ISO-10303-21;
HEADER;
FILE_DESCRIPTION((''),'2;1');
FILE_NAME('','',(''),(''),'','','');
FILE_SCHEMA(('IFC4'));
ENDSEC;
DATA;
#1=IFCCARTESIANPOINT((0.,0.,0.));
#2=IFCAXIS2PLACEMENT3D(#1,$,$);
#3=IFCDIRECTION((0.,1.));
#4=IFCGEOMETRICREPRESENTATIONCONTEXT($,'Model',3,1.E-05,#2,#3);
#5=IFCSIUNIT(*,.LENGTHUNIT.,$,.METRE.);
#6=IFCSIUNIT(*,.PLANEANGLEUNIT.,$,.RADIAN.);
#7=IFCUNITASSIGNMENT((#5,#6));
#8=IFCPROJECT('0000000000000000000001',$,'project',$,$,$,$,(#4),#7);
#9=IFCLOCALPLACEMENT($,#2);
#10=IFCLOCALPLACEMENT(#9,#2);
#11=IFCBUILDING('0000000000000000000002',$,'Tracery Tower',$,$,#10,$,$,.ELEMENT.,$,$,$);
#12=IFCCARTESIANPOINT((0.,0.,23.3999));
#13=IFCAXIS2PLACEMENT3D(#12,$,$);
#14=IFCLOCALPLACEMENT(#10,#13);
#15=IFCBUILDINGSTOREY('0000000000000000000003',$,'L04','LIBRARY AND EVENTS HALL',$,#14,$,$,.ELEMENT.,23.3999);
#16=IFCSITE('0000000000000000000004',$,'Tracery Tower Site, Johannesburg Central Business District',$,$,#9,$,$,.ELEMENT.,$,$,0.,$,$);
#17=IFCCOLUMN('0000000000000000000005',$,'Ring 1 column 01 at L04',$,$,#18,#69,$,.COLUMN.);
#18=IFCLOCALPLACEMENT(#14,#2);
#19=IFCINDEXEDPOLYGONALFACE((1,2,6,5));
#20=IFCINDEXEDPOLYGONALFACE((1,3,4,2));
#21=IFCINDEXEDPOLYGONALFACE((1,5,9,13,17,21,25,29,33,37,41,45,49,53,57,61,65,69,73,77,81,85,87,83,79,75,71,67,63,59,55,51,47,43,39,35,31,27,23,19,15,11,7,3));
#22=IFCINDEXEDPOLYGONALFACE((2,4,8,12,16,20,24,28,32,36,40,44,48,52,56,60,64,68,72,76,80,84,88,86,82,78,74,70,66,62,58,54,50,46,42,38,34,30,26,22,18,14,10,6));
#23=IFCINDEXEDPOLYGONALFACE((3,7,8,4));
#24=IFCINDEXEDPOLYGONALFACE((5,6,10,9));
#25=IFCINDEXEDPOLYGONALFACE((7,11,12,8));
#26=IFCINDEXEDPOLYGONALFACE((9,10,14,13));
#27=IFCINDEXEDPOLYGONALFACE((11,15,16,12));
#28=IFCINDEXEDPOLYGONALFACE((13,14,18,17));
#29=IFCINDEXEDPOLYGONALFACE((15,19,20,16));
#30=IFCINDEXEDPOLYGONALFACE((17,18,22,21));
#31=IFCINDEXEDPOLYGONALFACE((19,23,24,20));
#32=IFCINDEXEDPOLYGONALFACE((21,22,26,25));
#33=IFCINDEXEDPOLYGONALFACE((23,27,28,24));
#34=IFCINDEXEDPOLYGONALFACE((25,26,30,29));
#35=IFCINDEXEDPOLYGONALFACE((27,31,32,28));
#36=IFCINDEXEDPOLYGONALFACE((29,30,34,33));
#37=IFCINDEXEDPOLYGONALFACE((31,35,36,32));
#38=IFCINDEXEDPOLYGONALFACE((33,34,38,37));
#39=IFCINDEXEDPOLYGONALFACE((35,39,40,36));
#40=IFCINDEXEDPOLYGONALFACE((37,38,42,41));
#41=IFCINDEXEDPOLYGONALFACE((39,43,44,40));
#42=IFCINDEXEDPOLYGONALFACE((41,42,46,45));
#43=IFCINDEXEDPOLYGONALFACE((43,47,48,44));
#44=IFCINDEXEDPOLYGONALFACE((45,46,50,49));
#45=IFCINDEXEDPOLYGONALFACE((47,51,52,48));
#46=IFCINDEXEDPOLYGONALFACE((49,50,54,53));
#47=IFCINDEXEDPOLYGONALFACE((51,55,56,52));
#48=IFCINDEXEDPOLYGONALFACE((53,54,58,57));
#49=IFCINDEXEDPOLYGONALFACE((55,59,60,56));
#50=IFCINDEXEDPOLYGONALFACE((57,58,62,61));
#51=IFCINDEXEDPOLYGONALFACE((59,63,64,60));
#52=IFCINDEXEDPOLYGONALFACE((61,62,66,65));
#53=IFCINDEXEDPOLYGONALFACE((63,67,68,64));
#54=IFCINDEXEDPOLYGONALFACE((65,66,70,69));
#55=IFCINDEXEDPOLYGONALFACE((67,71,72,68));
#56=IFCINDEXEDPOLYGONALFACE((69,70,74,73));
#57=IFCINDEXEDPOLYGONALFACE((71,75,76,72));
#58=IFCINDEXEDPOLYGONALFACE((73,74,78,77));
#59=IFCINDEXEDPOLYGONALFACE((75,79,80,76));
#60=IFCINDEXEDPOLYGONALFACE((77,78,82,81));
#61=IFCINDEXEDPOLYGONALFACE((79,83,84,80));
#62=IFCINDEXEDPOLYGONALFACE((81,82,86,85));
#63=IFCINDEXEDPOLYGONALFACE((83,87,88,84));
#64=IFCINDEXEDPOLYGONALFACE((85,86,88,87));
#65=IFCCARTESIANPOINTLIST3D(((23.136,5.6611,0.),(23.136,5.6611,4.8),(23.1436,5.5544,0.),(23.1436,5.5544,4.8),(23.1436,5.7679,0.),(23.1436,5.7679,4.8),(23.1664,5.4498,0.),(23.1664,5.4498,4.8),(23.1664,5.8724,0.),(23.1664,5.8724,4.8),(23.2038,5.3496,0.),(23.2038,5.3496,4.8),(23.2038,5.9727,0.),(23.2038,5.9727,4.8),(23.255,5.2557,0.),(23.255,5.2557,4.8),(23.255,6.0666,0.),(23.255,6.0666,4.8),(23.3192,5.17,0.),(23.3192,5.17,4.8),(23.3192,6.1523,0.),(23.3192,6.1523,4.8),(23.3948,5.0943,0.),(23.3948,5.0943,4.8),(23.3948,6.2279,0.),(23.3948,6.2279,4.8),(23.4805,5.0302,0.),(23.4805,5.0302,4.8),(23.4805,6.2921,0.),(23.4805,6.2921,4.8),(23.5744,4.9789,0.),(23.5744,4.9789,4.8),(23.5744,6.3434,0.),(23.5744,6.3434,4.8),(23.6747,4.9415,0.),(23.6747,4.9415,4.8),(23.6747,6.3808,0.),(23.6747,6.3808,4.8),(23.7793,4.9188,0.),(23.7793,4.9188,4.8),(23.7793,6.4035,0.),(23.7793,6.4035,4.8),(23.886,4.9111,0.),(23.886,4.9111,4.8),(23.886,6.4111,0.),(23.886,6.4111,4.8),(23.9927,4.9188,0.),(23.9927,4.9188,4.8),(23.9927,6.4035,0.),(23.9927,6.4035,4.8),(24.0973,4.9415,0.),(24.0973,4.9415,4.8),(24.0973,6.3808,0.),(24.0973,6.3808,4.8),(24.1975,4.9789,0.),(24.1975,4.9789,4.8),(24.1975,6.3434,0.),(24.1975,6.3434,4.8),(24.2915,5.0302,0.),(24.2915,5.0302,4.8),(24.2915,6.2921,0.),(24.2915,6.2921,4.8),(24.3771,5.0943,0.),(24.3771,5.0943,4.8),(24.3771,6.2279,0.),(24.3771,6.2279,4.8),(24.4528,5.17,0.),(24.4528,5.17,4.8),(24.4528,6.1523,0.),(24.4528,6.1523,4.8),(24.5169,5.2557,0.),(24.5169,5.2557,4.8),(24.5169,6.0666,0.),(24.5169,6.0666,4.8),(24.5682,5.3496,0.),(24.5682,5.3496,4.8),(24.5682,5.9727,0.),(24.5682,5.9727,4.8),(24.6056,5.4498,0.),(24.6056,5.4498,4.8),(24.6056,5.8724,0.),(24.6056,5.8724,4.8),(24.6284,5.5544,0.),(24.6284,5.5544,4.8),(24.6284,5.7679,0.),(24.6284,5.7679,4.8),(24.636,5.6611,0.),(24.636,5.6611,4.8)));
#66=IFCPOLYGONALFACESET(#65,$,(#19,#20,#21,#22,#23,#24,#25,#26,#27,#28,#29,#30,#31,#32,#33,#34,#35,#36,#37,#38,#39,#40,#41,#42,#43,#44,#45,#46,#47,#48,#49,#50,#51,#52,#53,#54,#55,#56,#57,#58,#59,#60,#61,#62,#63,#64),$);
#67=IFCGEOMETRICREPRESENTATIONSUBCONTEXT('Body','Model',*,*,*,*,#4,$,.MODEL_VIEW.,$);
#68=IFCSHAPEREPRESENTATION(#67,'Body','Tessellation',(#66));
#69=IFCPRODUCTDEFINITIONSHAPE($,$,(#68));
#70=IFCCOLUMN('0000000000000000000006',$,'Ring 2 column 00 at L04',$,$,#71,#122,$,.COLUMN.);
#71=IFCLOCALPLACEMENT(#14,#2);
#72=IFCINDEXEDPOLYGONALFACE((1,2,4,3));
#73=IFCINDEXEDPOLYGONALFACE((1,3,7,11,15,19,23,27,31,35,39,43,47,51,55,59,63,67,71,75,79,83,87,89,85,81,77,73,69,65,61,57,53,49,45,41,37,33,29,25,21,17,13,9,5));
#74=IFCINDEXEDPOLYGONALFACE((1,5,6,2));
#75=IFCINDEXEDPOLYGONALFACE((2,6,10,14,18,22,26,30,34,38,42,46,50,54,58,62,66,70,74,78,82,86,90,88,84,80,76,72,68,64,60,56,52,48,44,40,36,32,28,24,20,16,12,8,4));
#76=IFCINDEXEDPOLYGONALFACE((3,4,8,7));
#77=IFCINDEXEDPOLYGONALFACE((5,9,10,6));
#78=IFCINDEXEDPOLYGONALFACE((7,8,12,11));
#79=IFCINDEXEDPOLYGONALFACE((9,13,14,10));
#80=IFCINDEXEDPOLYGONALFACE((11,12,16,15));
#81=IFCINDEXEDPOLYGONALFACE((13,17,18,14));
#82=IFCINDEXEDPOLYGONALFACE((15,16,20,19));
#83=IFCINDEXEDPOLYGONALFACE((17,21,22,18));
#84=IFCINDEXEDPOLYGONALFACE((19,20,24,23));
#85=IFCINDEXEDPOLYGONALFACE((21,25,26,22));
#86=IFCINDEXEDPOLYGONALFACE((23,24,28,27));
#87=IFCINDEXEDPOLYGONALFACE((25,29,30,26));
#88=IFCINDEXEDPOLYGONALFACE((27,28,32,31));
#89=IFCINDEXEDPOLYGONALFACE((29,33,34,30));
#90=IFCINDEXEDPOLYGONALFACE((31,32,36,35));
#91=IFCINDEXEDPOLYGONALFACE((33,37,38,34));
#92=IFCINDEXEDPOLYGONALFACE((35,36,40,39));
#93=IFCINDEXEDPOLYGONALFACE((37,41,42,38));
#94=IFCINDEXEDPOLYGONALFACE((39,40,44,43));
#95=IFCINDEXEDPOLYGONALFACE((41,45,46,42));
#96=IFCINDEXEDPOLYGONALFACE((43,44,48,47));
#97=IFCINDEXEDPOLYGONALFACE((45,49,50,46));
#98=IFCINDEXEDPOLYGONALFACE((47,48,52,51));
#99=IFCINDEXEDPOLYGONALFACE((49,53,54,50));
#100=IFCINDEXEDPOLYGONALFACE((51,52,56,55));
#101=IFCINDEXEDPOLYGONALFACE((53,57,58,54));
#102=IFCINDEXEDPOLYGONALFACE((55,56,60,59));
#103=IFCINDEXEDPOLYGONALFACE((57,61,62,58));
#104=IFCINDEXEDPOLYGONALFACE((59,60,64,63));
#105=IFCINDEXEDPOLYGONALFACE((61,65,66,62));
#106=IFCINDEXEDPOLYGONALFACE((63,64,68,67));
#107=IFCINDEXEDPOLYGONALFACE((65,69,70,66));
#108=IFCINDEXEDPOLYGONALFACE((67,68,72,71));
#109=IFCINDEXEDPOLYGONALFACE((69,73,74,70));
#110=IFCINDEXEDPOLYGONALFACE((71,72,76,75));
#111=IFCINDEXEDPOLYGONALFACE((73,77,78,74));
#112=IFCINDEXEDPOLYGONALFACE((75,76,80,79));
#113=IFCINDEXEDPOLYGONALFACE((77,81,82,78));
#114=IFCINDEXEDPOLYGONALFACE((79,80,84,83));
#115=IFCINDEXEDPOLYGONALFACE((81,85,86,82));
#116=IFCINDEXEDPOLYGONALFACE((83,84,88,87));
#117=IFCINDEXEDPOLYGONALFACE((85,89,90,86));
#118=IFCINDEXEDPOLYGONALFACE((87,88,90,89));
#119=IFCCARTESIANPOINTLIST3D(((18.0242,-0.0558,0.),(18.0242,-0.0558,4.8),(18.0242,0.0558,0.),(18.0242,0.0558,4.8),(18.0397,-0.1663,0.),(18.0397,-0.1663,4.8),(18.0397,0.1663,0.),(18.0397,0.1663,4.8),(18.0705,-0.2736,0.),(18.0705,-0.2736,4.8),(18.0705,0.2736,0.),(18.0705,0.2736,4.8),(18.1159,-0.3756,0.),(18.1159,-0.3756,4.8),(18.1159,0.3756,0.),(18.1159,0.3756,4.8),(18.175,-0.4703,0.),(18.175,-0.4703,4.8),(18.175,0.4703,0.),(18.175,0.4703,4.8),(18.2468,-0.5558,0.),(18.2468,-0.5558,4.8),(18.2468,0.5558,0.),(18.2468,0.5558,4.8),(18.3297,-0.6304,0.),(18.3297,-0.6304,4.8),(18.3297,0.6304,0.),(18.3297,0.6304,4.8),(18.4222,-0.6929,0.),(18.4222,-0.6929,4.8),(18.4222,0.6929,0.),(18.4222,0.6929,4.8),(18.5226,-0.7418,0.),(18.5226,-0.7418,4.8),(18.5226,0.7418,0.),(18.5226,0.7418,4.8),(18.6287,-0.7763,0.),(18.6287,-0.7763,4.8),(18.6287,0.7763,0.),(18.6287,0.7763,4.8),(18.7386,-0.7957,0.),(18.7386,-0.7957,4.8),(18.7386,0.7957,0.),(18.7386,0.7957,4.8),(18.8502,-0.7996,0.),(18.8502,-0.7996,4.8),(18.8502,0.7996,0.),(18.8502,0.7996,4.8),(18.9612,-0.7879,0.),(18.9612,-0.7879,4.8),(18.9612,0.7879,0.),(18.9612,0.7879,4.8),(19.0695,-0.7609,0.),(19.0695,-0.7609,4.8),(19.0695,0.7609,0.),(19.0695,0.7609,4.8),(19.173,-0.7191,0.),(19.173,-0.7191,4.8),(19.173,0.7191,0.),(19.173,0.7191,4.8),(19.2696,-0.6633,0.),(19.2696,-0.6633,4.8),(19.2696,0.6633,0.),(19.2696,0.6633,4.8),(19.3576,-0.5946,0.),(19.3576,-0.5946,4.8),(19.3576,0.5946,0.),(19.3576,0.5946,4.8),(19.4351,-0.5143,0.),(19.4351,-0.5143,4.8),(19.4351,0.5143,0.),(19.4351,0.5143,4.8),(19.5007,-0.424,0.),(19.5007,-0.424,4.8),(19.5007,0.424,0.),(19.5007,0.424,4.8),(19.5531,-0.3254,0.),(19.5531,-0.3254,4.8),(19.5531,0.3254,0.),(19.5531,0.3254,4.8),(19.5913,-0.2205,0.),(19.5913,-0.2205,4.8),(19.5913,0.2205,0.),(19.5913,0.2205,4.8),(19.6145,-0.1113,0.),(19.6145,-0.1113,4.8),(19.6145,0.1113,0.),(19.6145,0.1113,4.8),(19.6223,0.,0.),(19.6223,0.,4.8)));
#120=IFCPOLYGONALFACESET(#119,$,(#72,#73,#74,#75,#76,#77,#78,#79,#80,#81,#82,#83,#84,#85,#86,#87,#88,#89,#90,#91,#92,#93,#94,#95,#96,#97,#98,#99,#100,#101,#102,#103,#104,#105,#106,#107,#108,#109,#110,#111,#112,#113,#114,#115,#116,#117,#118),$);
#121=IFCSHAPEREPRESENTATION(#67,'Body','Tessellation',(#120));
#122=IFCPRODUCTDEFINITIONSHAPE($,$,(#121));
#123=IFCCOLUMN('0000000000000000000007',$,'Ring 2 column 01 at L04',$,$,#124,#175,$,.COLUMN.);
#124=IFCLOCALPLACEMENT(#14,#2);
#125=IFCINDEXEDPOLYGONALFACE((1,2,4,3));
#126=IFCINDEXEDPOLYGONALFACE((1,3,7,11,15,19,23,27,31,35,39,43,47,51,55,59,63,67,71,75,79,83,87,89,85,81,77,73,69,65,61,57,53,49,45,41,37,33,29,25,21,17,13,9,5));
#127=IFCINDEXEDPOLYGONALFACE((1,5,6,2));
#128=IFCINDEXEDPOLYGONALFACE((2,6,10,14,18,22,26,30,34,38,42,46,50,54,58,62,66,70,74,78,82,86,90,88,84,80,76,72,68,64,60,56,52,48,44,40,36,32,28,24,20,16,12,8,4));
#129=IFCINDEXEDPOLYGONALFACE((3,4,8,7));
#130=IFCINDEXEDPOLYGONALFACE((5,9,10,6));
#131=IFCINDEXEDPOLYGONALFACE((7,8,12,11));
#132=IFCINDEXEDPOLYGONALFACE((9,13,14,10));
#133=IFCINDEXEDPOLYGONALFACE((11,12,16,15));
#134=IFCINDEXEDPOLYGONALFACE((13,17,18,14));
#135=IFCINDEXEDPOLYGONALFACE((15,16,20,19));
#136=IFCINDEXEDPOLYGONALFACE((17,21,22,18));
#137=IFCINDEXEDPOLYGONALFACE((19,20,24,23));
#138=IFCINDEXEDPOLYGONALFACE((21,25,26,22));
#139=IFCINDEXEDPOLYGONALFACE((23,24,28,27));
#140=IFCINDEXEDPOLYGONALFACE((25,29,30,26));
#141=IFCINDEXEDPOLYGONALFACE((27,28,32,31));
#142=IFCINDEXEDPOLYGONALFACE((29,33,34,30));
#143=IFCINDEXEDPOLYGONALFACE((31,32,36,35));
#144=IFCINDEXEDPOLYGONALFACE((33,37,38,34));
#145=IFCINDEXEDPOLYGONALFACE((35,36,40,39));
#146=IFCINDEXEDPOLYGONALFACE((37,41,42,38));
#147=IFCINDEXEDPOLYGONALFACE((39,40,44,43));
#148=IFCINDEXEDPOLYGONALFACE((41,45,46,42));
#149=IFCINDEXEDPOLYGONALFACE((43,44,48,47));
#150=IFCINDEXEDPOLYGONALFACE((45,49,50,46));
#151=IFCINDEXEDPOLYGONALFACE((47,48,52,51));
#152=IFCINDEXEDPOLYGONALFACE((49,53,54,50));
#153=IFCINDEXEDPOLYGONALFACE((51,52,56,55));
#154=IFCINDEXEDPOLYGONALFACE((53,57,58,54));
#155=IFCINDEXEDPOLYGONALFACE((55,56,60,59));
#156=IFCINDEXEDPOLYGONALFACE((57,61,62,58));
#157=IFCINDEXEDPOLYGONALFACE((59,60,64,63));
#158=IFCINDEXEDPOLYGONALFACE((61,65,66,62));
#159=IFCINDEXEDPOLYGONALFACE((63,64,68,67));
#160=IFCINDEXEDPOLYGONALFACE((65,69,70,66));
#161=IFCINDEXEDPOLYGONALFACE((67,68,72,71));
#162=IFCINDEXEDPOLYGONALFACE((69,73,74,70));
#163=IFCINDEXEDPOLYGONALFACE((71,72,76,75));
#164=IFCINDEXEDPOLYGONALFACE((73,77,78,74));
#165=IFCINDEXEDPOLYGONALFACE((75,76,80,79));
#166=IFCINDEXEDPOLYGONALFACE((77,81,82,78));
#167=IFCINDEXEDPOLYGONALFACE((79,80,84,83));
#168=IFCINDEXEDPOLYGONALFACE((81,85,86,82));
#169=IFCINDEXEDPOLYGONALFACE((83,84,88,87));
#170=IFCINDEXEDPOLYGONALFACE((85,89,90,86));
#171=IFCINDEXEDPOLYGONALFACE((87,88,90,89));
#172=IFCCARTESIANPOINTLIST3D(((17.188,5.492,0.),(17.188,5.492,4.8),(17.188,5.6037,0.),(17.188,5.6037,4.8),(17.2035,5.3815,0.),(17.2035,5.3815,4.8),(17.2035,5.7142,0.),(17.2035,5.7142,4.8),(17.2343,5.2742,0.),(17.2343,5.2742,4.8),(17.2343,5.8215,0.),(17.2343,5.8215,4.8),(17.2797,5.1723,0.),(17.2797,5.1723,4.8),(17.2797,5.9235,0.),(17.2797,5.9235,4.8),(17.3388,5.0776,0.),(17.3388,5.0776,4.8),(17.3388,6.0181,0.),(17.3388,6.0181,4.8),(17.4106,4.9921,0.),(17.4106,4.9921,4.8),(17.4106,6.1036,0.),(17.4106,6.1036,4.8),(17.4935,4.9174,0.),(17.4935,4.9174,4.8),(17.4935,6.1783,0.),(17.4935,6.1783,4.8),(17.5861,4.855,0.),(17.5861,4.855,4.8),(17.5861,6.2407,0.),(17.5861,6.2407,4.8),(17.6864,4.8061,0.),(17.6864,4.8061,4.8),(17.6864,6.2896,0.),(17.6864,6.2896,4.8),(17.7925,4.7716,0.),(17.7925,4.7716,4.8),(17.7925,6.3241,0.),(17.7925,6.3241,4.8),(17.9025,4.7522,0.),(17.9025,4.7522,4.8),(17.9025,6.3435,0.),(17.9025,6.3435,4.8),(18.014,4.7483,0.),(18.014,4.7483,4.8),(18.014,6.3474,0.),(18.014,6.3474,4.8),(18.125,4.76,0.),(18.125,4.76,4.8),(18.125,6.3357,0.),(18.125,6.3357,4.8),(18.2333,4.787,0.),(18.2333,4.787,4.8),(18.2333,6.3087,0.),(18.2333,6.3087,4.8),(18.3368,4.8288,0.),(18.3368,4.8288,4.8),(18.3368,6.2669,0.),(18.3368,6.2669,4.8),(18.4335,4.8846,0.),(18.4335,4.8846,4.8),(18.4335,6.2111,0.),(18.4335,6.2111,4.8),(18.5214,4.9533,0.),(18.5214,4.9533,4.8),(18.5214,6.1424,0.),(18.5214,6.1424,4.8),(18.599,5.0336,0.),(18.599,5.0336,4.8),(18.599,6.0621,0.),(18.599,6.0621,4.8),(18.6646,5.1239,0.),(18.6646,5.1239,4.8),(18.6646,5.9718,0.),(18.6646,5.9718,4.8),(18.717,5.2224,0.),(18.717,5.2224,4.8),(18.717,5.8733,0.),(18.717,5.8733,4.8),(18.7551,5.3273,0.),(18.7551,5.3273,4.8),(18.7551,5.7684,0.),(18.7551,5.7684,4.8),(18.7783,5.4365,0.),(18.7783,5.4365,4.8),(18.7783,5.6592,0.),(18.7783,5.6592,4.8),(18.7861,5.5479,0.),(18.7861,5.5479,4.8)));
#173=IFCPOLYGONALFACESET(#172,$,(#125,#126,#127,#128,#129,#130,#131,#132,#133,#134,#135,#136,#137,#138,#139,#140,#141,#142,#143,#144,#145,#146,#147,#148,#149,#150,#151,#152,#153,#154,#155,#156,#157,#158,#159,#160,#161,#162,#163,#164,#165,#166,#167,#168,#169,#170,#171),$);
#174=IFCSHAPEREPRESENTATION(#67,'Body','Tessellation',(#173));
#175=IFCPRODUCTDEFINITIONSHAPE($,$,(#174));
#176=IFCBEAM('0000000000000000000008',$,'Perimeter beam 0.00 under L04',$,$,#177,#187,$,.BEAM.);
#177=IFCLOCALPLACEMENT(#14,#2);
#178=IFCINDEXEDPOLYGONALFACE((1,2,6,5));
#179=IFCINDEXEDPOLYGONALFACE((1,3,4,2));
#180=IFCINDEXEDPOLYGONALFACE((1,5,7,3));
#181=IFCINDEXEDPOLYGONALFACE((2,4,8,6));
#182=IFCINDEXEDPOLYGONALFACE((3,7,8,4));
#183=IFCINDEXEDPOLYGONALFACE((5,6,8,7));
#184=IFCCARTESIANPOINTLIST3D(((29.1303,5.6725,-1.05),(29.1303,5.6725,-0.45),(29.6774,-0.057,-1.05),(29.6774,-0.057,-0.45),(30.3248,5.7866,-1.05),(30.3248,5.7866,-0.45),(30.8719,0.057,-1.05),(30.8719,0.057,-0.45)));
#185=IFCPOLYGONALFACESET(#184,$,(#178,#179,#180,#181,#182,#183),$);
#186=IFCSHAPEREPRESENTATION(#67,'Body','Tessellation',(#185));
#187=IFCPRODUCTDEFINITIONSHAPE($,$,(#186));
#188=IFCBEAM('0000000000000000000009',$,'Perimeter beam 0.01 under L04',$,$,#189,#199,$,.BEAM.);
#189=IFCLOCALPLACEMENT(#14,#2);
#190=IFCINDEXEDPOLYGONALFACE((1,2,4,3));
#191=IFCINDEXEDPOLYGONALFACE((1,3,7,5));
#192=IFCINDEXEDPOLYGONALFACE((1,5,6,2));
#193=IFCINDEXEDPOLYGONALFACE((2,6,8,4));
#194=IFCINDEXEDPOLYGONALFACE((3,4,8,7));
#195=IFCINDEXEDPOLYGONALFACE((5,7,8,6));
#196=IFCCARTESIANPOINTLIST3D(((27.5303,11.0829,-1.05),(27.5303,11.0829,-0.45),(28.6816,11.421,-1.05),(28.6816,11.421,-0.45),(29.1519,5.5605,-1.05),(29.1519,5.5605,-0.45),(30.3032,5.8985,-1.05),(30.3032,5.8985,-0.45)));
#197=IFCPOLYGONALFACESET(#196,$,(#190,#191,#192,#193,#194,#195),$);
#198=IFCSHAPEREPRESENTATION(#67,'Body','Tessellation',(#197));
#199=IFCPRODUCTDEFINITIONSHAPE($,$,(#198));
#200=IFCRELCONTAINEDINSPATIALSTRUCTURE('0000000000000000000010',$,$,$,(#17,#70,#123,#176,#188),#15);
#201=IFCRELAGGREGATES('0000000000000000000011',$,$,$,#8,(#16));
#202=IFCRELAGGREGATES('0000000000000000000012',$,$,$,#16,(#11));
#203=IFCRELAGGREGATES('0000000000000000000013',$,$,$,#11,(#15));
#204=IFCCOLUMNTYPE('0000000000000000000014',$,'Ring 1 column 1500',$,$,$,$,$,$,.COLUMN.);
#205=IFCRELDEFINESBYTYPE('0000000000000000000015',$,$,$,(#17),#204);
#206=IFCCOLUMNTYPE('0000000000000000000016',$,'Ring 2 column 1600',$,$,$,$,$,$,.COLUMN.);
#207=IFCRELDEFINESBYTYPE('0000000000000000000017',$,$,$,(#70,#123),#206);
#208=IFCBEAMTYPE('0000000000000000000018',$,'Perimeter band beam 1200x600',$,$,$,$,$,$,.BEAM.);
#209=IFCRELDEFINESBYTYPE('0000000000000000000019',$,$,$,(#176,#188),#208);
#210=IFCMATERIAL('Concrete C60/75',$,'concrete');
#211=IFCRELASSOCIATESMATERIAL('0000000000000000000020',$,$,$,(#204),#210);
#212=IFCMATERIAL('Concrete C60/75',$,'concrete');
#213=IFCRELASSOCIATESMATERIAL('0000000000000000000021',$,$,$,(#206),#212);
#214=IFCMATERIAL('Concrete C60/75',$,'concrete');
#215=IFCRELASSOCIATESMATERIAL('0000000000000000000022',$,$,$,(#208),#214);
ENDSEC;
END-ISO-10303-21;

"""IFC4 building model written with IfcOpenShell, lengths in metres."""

from ifc_helpers import new_model, si_unit, direction, frame, origin, origin_2d, place, context, subcontext, project, spatial, rectangle, circle, extrude, material, material_profile, profile_set, type_object, element, save


model = new_model("IFC4")

# Units and contexts
model_context = context("Model", 3, precision=1e-05, world=origin(), true_north=direction((0.0, 1.0)))
body_context = subcontext(model_context, "Body", "Model", "MODEL_VIEW")
ifc_project = project(units=[si_unit("LENGTHUNIT", "METRE"), si_unit("PLANEANGLEUNIT", "RADIAN")], contexts=[model_context])

# Site, building, storey
site_placement = place(None, origin())
site = spatial("IfcSite", under=ifc_project, at=site_placement, Name="Tracery Tower Site, Johannesburg Central Business District", CompositionType="ELEMENT", RefElevation=0.0)
building_placement = place(site_placement, origin())
building = spatial("IfcBuilding", under=site, at=building_placement, Name="Tracery Tower", CompositionType="ELEMENT")
storey_placement = place(building_placement, frame((0.0, 0.0, 23.3999)))
storey = spatial("IfcBuildingStorey", under=building, at=storey_placement, Name="L04", Description="LIBRARY AND EVENTS HALL", CompositionType="ELEMENT", Elevation=23.3999)

# Columns
ifc_material_1 = material(Name="Concrete C60/75", Category="concrete")
ifc_material_profile_1 = material_profile(ifc_material_1, circle(Radius=0.75, at=origin_2d()), Name="RC D1500")
ifc_profile_set_1 = profile_set([ifc_material_profile_1], Name="Concrete C60/75")
column_type_1 = type_object("IfcColumnType", Name="Ring 1 column 1500", PredefinedType="COLUMN", material=ifc_profile_set_1)
for number, where, z_axis, x_axis, name in (
    (1, (23.886, 5.6611, 0.0), (0.0, 0.0, 1.0), (1.0, 0.0, 0.0), "Ring 1 column 01 at L04"),
):
    element("IfcColumn", number, at=place(storey_placement, frame(where, z_axis=z_axis, x_axis=x_axis)), inside=storey, type_object=column_type_1, Name=name, PredefinedType="COLUMN", context=body_context, shape_type="SweptSolid", body=[
        extrude(circle(Radius=0.75, at=origin_2d()), origin(), (0.0, 0.0, 1.0), 4.8),
    ])
ifc_material_2 = material(Name="Concrete C60/75", Category="concrete")
ifc_material_profile_2 = material_profile(ifc_material_2, circle(Radius=0.8, at=origin_2d()), Name="RC D1600")
ifc_profile_set_2 = profile_set([ifc_material_profile_2], Name="Concrete C60/75")
column_type_2 = type_object("IfcColumnType", Name="Ring 2 column 1600", PredefinedType="COLUMN", material=ifc_profile_set_2)
for number, where, z_axis, x_axis, name in (
    (2, (18.8223, 0.0, 0.0), (0.0, 0.0, 1.0), (1.0, 0.0, 0.0), "Ring 2 column 00 at L04"),
    (3, (17.9861, 5.5479, 0.0), (0.0, 0.0, 1.0), (1.0, 0.0, 0.0), "Ring 2 column 01 at L04"),
):
    element("IfcColumn", number, at=place(storey_placement, frame(where, z_axis=z_axis, x_axis=x_axis)), inside=storey, type_object=column_type_2, Name=name, PredefinedType="COLUMN", context=body_context, shape_type="SweptSolid", body=[
        extrude(circle(Radius=0.8, at=origin_2d()), origin(), (0.0, 0.0, 1.0), 4.8),
    ])

# Beams
ifc_material_3 = material(Name="Concrete C60/75", Category="concrete")
ifc_material_profile_3 = material_profile(ifc_material_3, rectangle(XDim=1.2, YDim=0.6001, at=origin_2d()), Name="RC 1200x600")
ifc_profile_set_3 = profile_set([ifc_material_profile_3], Name="Concrete C60/75")
beam_type = type_object("IfcBeamType", Name="Perimeter band beam 1200x600", PredefinedType="BEAM", material=ifc_profile_set_3)
for number, where, z_axis, x_axis, name in (
    (4, (30.2747, 0.0, -0.75), (-0.095059, 0.995472, 0.0), (-0.995472, -0.095059, 0.0), "Perimeter beam 0.00 under L04"),
    (5, (29.7275, 5.7295, -0.75), (-0.281739, 0.959491, 0.0), (-0.959491, -0.281739, 0.0), "Perimeter beam 0.01 under L04"),
):
    element("IfcBeam", number, at=place(storey_placement, frame(where, z_axis=z_axis, x_axis=x_axis)), inside=storey, type_object=beam_type, Name=name, PredefinedType="BEAM", context=body_context, shape_type="SweptSolid", body=[
        extrude(rectangle(XDim=1.2, YDim=0.6001, at=origin_2d()), origin(), (0.0, 0.0, 1.0), 5.7556),
    ])

save(model, "model.ifc")
